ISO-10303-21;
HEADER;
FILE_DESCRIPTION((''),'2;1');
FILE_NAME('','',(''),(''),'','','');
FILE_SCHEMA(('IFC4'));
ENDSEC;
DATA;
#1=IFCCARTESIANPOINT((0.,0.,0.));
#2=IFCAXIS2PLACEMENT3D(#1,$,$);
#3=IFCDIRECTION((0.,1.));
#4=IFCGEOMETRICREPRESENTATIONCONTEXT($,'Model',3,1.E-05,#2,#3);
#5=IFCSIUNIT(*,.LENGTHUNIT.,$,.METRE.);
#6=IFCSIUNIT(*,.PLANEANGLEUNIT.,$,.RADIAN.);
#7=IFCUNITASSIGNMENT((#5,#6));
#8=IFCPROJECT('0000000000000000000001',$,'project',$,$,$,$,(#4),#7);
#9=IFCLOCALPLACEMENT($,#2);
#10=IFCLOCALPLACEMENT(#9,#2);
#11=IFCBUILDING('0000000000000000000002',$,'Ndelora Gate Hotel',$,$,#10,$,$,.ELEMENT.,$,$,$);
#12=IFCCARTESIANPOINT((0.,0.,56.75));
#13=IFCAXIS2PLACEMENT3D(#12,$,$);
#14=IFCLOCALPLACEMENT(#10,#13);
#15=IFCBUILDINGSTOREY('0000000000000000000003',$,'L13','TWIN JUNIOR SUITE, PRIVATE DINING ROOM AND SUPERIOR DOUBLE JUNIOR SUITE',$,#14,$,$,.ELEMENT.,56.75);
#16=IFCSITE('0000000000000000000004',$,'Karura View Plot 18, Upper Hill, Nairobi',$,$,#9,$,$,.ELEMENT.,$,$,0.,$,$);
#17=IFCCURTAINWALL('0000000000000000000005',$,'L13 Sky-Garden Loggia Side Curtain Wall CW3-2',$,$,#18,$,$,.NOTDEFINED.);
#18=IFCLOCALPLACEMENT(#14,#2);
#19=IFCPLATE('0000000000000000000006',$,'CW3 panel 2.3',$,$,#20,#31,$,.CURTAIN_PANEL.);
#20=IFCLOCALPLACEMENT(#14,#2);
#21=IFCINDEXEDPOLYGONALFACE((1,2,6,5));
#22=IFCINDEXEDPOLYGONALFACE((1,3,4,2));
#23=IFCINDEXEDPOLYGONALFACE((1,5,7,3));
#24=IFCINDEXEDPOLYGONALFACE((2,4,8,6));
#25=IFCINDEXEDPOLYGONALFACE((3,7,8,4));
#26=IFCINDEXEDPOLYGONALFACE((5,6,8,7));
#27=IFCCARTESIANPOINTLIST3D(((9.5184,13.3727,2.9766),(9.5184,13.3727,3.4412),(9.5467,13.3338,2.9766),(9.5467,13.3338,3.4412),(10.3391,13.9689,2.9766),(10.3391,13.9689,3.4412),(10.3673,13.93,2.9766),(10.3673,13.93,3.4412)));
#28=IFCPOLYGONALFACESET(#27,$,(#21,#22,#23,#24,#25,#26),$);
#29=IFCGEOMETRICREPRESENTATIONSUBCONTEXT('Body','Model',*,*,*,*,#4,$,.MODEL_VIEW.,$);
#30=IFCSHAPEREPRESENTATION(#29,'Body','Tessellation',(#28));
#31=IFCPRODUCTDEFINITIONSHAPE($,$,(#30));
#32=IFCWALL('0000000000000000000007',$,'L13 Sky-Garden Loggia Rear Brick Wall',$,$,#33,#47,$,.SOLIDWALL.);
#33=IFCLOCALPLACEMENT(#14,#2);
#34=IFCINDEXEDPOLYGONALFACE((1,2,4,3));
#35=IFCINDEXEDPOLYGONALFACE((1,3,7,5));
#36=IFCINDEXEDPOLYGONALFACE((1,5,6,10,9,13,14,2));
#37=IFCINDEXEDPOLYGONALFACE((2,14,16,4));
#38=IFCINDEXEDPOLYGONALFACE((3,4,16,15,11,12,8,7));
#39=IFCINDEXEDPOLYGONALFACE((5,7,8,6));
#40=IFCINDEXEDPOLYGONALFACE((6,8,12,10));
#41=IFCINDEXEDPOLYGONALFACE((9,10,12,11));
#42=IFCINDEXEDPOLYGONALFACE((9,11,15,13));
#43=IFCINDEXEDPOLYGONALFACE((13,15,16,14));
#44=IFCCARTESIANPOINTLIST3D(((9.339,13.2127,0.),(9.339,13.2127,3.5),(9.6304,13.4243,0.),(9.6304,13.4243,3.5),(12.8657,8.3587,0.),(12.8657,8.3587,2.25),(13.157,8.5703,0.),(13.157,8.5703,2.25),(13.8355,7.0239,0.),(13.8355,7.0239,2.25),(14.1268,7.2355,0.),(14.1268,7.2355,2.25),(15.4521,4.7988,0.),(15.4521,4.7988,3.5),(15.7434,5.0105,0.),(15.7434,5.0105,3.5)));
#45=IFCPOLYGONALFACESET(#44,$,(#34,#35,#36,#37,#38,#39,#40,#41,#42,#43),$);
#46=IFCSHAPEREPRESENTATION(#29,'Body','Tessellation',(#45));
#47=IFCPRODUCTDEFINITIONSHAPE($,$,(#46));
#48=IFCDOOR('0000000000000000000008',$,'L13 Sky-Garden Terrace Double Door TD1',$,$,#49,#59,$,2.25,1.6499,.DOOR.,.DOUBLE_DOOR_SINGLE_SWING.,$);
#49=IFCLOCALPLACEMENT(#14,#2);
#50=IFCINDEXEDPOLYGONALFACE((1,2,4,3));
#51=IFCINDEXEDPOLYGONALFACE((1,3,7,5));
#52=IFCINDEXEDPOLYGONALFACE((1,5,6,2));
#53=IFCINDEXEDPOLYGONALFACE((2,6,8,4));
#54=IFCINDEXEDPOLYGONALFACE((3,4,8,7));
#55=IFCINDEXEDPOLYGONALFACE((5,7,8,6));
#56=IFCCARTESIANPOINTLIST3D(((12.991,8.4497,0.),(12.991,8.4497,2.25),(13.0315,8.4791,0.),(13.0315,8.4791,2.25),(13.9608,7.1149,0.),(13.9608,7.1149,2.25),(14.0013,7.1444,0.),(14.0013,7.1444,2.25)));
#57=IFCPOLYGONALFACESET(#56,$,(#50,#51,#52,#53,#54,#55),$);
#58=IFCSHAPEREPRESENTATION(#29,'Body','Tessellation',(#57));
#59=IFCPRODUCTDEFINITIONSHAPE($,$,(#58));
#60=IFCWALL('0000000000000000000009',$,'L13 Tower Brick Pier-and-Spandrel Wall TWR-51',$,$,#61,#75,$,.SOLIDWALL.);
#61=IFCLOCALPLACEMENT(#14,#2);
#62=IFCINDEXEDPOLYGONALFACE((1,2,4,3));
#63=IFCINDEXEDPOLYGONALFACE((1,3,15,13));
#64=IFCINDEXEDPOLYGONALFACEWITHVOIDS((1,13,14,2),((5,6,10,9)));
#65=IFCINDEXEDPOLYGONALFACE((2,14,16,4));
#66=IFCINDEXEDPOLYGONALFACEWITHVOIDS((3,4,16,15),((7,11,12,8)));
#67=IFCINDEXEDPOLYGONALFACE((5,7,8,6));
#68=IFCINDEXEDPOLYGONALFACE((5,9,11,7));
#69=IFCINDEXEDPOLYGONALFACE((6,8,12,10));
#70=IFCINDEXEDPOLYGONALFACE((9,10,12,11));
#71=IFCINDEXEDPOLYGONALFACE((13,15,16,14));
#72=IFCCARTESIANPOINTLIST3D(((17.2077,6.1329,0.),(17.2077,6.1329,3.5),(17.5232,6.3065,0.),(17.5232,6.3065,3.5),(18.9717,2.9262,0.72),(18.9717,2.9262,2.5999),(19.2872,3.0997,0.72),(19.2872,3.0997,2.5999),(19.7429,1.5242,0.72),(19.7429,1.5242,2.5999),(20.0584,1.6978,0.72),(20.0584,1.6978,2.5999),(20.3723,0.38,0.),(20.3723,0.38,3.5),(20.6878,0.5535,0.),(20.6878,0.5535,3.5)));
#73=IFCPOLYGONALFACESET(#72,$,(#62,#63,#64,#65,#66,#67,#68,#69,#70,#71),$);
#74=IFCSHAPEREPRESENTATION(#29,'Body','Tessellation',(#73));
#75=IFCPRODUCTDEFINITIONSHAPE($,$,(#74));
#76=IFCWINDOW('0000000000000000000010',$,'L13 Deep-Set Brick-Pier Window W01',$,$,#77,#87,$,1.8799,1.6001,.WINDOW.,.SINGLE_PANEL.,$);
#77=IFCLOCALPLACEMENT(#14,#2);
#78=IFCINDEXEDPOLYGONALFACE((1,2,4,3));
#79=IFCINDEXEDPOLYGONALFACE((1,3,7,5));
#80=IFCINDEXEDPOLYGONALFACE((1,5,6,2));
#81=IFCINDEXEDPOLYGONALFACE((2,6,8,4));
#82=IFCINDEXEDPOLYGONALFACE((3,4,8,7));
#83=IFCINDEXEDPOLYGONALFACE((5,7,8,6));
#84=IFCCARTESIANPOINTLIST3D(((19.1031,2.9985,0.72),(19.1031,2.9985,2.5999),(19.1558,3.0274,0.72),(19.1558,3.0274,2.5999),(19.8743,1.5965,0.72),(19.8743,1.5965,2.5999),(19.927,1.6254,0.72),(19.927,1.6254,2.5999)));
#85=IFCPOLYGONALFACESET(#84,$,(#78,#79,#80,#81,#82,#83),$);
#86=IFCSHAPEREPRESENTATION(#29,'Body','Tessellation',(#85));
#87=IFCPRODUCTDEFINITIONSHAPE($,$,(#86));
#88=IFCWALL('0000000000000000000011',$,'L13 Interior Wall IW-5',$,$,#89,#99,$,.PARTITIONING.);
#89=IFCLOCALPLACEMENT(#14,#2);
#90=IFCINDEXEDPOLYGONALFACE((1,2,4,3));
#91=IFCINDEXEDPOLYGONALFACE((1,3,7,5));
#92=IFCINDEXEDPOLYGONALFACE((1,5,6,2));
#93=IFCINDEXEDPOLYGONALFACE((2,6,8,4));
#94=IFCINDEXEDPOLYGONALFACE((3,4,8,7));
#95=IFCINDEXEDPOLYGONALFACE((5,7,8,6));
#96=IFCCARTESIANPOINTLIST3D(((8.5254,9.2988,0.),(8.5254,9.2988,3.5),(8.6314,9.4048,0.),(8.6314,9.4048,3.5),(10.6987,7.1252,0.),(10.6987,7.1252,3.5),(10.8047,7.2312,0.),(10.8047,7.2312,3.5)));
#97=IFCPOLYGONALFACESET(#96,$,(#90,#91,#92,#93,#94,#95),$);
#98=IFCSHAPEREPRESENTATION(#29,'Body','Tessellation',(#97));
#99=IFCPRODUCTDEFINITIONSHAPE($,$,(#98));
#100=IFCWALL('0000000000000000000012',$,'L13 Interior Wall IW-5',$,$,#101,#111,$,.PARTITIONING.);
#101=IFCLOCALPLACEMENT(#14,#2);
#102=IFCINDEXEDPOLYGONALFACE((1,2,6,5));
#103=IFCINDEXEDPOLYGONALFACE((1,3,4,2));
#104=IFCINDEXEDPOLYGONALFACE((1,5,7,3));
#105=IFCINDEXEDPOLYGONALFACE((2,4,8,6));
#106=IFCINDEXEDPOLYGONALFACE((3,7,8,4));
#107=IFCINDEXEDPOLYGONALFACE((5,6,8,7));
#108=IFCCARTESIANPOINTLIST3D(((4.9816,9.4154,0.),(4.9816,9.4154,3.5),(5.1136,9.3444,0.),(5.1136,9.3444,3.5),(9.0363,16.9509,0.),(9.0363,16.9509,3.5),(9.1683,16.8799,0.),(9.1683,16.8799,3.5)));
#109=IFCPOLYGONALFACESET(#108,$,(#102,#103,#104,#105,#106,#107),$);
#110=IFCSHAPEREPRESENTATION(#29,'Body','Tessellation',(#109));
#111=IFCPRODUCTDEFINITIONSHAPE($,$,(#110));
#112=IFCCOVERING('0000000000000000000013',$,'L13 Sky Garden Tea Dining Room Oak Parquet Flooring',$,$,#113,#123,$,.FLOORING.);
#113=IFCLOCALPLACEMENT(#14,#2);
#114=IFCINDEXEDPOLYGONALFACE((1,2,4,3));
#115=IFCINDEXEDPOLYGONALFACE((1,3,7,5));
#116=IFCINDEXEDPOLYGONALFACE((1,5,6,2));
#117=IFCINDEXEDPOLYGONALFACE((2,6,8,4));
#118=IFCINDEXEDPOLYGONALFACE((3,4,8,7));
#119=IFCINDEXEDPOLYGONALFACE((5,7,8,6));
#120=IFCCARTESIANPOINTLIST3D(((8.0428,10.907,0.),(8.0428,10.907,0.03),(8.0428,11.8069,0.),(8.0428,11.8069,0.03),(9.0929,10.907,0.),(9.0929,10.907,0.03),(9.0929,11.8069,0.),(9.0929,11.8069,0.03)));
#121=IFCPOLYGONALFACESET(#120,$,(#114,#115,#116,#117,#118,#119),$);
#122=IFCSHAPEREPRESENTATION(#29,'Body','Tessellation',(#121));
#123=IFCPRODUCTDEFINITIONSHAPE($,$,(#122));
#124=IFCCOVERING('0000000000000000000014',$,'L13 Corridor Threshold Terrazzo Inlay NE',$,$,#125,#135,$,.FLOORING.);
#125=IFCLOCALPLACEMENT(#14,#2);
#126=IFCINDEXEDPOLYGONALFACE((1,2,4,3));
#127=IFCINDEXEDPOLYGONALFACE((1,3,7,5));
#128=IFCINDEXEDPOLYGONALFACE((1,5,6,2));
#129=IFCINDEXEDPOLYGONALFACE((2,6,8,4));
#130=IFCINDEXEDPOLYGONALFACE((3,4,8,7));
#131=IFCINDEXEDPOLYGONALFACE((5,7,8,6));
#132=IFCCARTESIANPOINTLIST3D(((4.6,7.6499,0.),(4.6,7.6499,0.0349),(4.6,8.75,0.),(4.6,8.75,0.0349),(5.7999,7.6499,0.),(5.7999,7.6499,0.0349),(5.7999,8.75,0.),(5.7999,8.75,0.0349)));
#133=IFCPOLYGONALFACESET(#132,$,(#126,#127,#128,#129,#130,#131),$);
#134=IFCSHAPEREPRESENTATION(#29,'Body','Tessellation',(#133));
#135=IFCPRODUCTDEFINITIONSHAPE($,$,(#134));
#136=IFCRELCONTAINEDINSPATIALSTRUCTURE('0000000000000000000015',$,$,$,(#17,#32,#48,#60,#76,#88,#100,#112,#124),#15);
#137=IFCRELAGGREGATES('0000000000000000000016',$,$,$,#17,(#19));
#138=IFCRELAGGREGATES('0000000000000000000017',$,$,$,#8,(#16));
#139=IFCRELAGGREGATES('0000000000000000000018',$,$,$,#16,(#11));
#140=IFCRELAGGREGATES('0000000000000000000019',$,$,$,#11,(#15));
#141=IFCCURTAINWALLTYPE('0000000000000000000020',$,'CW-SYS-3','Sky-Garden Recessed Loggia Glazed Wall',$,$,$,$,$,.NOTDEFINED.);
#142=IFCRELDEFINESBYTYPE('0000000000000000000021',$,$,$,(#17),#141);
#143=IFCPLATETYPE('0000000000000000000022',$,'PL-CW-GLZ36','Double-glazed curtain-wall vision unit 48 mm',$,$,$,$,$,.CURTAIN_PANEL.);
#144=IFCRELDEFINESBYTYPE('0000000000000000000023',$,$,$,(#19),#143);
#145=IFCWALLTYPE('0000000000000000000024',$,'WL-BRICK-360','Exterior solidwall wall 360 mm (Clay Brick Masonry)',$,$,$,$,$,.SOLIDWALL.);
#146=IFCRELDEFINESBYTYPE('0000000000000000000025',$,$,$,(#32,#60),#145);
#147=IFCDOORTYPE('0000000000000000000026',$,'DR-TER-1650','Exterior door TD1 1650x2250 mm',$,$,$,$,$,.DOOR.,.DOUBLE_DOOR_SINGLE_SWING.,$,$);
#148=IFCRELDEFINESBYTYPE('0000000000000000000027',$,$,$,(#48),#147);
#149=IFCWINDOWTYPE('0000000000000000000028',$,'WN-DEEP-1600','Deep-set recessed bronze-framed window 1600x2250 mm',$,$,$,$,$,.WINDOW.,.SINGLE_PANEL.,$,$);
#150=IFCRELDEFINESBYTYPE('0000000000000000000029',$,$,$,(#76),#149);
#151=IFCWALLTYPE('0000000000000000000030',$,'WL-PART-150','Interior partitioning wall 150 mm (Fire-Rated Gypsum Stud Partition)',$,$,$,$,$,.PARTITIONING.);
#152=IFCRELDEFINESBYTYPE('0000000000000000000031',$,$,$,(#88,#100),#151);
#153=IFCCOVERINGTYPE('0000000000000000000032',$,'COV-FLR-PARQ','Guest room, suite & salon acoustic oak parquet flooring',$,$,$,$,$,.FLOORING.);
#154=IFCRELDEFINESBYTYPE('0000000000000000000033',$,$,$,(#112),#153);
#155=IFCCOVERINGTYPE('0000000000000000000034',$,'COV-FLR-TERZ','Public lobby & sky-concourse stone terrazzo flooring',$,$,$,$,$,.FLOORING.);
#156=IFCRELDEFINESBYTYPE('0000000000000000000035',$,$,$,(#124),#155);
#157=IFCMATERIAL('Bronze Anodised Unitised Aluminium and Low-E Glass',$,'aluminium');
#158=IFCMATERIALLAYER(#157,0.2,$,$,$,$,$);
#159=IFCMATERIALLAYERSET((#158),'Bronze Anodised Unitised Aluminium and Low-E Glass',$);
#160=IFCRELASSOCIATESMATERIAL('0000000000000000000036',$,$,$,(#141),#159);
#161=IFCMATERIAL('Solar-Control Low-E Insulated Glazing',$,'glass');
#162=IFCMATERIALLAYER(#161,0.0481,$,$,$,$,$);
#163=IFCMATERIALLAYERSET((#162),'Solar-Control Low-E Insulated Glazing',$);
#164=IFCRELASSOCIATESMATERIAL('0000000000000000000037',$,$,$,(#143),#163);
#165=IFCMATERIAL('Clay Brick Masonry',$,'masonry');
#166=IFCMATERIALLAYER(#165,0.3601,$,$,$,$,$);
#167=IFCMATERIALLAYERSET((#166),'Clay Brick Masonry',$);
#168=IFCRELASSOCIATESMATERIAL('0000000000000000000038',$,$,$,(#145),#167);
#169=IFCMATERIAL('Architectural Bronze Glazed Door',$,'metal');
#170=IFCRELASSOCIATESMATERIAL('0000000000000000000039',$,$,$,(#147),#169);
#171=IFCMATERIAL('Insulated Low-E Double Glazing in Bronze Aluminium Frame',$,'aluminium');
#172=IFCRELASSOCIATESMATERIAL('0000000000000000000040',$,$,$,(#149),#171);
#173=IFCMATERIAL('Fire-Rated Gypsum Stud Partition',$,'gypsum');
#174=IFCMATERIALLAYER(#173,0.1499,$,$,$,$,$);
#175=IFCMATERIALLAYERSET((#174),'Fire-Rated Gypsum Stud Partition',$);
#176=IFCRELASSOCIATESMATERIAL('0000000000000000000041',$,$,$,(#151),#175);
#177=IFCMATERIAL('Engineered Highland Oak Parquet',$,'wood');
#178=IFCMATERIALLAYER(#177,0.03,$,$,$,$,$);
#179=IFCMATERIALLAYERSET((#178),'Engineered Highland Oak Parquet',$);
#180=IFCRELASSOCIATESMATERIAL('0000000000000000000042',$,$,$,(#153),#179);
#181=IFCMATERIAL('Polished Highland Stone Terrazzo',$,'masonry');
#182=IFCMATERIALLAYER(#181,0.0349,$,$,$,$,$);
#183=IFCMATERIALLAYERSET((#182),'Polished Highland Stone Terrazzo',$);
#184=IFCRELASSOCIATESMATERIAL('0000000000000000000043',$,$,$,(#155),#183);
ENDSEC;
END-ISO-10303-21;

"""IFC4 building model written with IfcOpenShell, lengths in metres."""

from ifc_helpers import new_model, si_unit, direction, frame, frame_2d, origin, origin_2d, place, context, subcontext, project, spatial, rectangle, extrude, material, layer, layer_set, type_object, element, fill, aggregate, save


model = new_model("IFC4")

# Units and contexts
model_context = context("Model", 3, precision=1e-05, world=origin(), true_north=direction((0.0, 1.0)))
body_context = subcontext(model_context, "Body", "Model", "MODEL_VIEW")
ifc_project = project(units=[si_unit("LENGTHUNIT", "METRE"), si_unit("PLANEANGLEUNIT", "RADIAN")], contexts=[model_context])

# Site, building, storey
site_placement = place(None, origin())
site = spatial("IfcSite", under=ifc_project, at=site_placement, Name="Karura View Plot 18, Upper Hill, Nairobi", CompositionType="ELEMENT", RefElevation=0.0)
building_placement = place(site_placement, origin())
building = spatial("IfcBuilding", under=site, at=building_placement, Name="Ndelora Gate Hotel", CompositionType="ELEMENT")
storey_placement = place(building_placement, frame((0.0, 0.0, 56.75)))
storey = spatial("IfcBuildingStorey", under=building, at=storey_placement, Name="L13", Description="TWIN JUNIOR SUITE, PRIVATE DINING ROOM AND SUPERIOR DOUBLE JUNIOR SUITE", CompositionType="ELEMENT", Elevation=56.75)

# Curtain wall
ifc_material_1 = material(Name="Bronze Anodised Unitised Aluminium and Low-E Glass", Category="aluminium")
ifc_layer_1 = layer(ifc_material_1, 0.2)
ifc_layer_set_1 = layer_set([ifc_layer_1], Name="Bronze Anodised Unitised Aluminium and Low-E Glass")
curtain_wall_type = type_object("IfcCurtainWallType", Name="CW-SYS-3", Description="Sky-Garden Recessed Loggia Glazed Wall", PredefinedType="NOTDEFINED", material=ifc_layer_set_1)
curtain_wall_1_placement = place(storey_placement, origin())
curtain_wall_1 = element("IfcCurtainWall", 1, at=curtain_wall_1_placement, inside=storey, type_object=curtain_wall_type, Name="L13 Sky-Garden Loggia Side Curtain Wall CW3-2", PredefinedType="NOTDEFINED")

# Plate
ifc_material_2 = material(Name="Solar-Control Low-E Insulated Glazing", Category="glass")
ifc_layer_2 = layer(ifc_material_2, 0.0481)
ifc_layer_set_2 = layer_set([ifc_layer_2], Name="Solar-Control Low-E Insulated Glazing")
plate_type = type_object("IfcPlateType", Name="PL-CW-GLZ36", Description="Double-glazed curtain-wall vision unit 48 mm", PredefinedType="CURTAIN_PANEL", material=ifc_layer_set_2)
plate_1_placement = place(storey_placement, frame((9.9429, 13.6514, 2.9766), z_axis=(0.0, 0.0, 1.0), x_axis=(-0.809017, -0.587785, 0.0)))
plate_1 = element("IfcPlate", 2, at=plate_1_placement, type_object=plate_type, Name="CW3 panel 2.3", PredefinedType="CURTAIN_PANEL", context=body_context, shape_type="SweptSolid", body=[
    extrude(rectangle(XDim=1.0144, YDim=0.0481, at=origin_2d()), origin(), (0.0, 0.0, 1.0), 0.4646),
])
aggregate(curtain_wall_1, [plate_1])

# Wall, opening, door
ifc_material_3 = material(Name="Clay Brick Masonry", Category="masonry")
ifc_layer_3 = layer(ifc_material_3, 0.3601)
ifc_layer_set_3 = layer_set([ifc_layer_3], Name="Clay Brick Masonry")
wall_type_1 = type_object("IfcWallType", Name="WL-BRICK-360", Description="Exterior solidwall wall 360 mm (Clay Brick Masonry)", PredefinedType="SOLIDWALL", material=ifc_layer_set_3)
wall_1_placement = place(storey_placement, frame((9.4846, 13.3186, 0.0), z_axis=(0.0, 0.0, 1.0), x_axis=(0.587788, -0.809015, 0.0)))
wall_1 = element("IfcWall", 3, at=wall_1_placement, inside=storey, type_object=wall_type_1, Name="L13 Sky-Garden Loggia Rear Brick Wall", PredefinedType="SOLIDWALL", context=body_context, shape_type="SweptSolid", body=[
    extrude(rectangle(XDim=10.4001, YDim=0.3601, at=frame_2d((5.2002, 0.0))), origin(), (0.0, 0.0, 1.0), 3.5),
])
opening_1_placement = place(wall_1_placement, frame((6.0, 0.0, 0.0)))
opening_1 = element("IfcOpeningElement", 4, at=opening_1_placement, cuts=wall_1, PredefinedType="OPENING", context=body_context, shape_type="SweptSolid", body=[
    extrude(rectangle(XDim=1.6499, YDim=2.25, at=frame_2d((0.825, 1.125))), frame((0.0, 0.1899, 0.0), z_axis=(0.0, -1.0, 0.0), x_axis=(1.0, 0.0, 0.0)), (0.0, 0.0, 1.0), 0.3801),
])
ifc_material_4 = material(Name="Architectural Bronze Glazed Door", Category="metal")
door_type_1 = type_object("IfcDoorType", Name="DR-TER-1650", Description="Exterior door TD1 1650x2250 mm", OperationType="DOUBLE_DOOR_SINGLE_SWING", PredefinedType="DOOR", material=ifc_material_4)
door_1_placement = place(opening_1_placement, origin())
door_1 = element("IfcDoor", 5, at=door_1_placement, inside=storey, type_object=door_type_1, Name="L13 Sky-Garden Terrace Double Door TD1", OperationType="DOUBLE_DOOR_SINGLE_SWING", OverallHeight=2.25, OverallWidth=1.6499, PredefinedType="DOOR", context=body_context, shape_type="SweptSolid", body=[
    extrude(rectangle(XDim=1.6499, YDim=2.25, at=frame_2d((0.825, 1.125))), frame((0.0, 0.0249, 0.0), z_axis=(0.0, -1.0, 0.0), x_axis=(1.0, 0.0, 0.0)), (0.0, 0.0, 1.0), 0.05),
])
fill(opening_1, door_1)

# Wall, opening, window
wall_2_placement = place(storey_placement, frame((17.3655, 6.2197, 0.0), z_axis=(0.0, 0.0, 1.0), x_axis=(0.48197, -0.876188, 0.0)))
wall_2 = element("IfcWall", 6, at=wall_2_placement, inside=storey, type_object=wall_type_1, Name="L13 Tower Brick Pier-and-Spandrel Wall TWR-51", PredefinedType="SOLIDWALL", context=body_context, shape_type="SweptSolid", body=[
    extrude(rectangle(XDim=6.5659, YDim=0.3601, at=frame_2d((3.283, 0.0))), origin(), (0.0, 0.0, 1.0), 3.5),
])
opening_2_placement = place(wall_2_placement, frame((3.6599, 0.0, 0.72)))
opening_2 = element("IfcOpeningElement", 7, at=opening_2_placement, cuts=wall_2, PredefinedType="OPENING", context=body_context, shape_type="SweptSolid", body=[
    extrude(rectangle(XDim=1.6001, YDim=1.8799, at=frame_2d((0.8, 0.9399))), frame((0.0, 0.1899, 0.0), z_axis=(0.0, -1.0, 0.0), x_axis=(1.0, 0.0, 0.0)), (0.0, 0.0, 1.0), 0.3801),
])
ifc_material_5 = material(Name="Insulated Low-E Double Glazing in Bronze Aluminium Frame", Category="aluminium")
window_type = type_object("IfcWindowType", Name="WN-DEEP-1600", Description="Deep-set recessed bronze-framed window 1600x2250 mm", PartitioningType="SINGLE_PANEL", PredefinedType="WINDOW", material=ifc_material_5)
window_placement = place(opening_2_placement, origin())
window = element("IfcWindow", 8, at=window_placement, inside=storey, type_object=window_type, Name="L13 Deep-Set Brick-Pier Window W01", OverallHeight=1.8799, OverallWidth=1.6001, PartitioningType="SINGLE_PANEL", PredefinedType="WINDOW", context=body_context, shape_type="SweptSolid", body=[
    extrude(rectangle(XDim=1.6001, YDim=1.8799, at=frame_2d((0.8, 0.9399))), frame((0.0, 0.03, 0.0), z_axis=(0.0, -1.0, 0.0), x_axis=(1.0, 0.0, 0.0)), (0.0, 0.0, 1.0), 0.0601),
])
fill(opening_2, window)

# Shared definitions
ifc_material_6 = material(Name="Fire-Rated Gypsum Stud Partition", Category="gypsum")
ifc_layer_4 = layer(ifc_material_6, 0.1499)
ifc_layer_set_4 = layer_set([ifc_layer_4], Name="Fire-Rated Gypsum Stud Partition")
wall_type_2 = type_object("IfcWallType", Name="WL-PART-150", Description="Interior partitioning wall 150 mm (Fire-Rated Gypsum Stud Partition)", PredefinedType="PARTITIONING", material=ifc_layer_set_4)

# Walls
wall_3_placement = place(storey_placement, frame((8.5784, 9.3518, 0.0), z_axis=(0.0, 0.0, 1.0), x_axis=(0.707067, -0.707146, 0.0)))
element("IfcWall", 9, at=wall_3_placement, inside=storey, type_object=wall_type_2, Name="L13 Interior Wall IW-5", PredefinedType="PARTITIONING", context=body_context, shape_type="SweptSolid", body=[
    extrude(rectangle(XDim=3.0737, YDim=0.1499, at=frame_2d((1.5369, 0.0))), origin(), (0.0, 0.0, 1.0), 3.5),
])
wall_4_placement = place(storey_placement, frame((5.0476, 9.3799, 0.0), z_axis=(0.0, 0.0, 1.0), x_axis=(0.473843, 0.880609, 0.0)))
element("IfcWall", 10, at=wall_4_placement, inside=storey, type_object=wall_type_2, Name="L13 Interior Wall IW-5", PredefinedType="PARTITIONING", context=body_context, shape_type="SweptSolid", body=[
    extrude(rectangle(XDim=8.5571, YDim=0.1499, at=frame_2d((4.2786, 0.0))), origin(), (0.0, 0.0, 1.0), 3.5),
])

# Coverings
ifc_material_7 = material(Name="Engineered Highland Oak Parquet", Category="wood")
ifc_layer_5 = layer(ifc_material_7, 0.03)
ifc_layer_set_5 = layer_set([ifc_layer_5], Name="Engineered Highland Oak Parquet")
covering_type_1 = type_object("IfcCoveringType", Name="COV-FLR-PARQ", Description="Guest room, suite & salon acoustic oak parquet flooring", PredefinedType="FLOORING", material=ifc_layer_set_5)
covering_1_placement = place(storey_placement, frame((8.5679, 11.3569, 0.0), z_axis=(0.0, 0.0, 1.0), x_axis=(1.0, 0.0, 0.0)))
element("IfcCovering", 11, at=covering_1_placement, inside=storey, type_object=covering_type_1, Name="L13 Sky Garden Tea Dining Room Oak Parquet Flooring", PredefinedType="FLOORING", context=body_context, shape_type="SweptSolid", body=[
    extrude(rectangle(XDim=1.05, YDim=0.8999, at=origin_2d()), origin(), (0.0, 0.0, 1.0), 0.03),
])
ifc_material_8 = material(Name="Polished Highland Stone Terrazzo", Category="masonry")
ifc_layer_6 = layer(ifc_material_8, 0.0349)
ifc_layer_set_6 = layer_set([ifc_layer_6], Name="Polished Highland Stone Terrazzo")
covering_type_2 = type_object("IfcCoveringType", Name="COV-FLR-TERZ", Description="Public lobby & sky-concourse stone terrazzo flooring", PredefinedType="FLOORING", material=ifc_layer_set_6)
covering_2_placement = place(storey_placement, frame((5.2, 8.2, 0.0), z_axis=(0.0, 0.0, 1.0), x_axis=(1.0, 0.0, 0.0)))
element("IfcCovering", 12, at=covering_2_placement, inside=storey, type_object=covering_type_2, Name="L13 Corridor Threshold Terrazzo Inlay NE", PredefinedType="FLOORING", context=body_context, shape_type="SweptSolid", body=[
    extrude(rectangle(XDim=1.2, YDim=1.1001, at=origin_2d()), origin(), (0.0, 0.0, 1.0), 0.0349),
])

save(model, "model.ifc")
